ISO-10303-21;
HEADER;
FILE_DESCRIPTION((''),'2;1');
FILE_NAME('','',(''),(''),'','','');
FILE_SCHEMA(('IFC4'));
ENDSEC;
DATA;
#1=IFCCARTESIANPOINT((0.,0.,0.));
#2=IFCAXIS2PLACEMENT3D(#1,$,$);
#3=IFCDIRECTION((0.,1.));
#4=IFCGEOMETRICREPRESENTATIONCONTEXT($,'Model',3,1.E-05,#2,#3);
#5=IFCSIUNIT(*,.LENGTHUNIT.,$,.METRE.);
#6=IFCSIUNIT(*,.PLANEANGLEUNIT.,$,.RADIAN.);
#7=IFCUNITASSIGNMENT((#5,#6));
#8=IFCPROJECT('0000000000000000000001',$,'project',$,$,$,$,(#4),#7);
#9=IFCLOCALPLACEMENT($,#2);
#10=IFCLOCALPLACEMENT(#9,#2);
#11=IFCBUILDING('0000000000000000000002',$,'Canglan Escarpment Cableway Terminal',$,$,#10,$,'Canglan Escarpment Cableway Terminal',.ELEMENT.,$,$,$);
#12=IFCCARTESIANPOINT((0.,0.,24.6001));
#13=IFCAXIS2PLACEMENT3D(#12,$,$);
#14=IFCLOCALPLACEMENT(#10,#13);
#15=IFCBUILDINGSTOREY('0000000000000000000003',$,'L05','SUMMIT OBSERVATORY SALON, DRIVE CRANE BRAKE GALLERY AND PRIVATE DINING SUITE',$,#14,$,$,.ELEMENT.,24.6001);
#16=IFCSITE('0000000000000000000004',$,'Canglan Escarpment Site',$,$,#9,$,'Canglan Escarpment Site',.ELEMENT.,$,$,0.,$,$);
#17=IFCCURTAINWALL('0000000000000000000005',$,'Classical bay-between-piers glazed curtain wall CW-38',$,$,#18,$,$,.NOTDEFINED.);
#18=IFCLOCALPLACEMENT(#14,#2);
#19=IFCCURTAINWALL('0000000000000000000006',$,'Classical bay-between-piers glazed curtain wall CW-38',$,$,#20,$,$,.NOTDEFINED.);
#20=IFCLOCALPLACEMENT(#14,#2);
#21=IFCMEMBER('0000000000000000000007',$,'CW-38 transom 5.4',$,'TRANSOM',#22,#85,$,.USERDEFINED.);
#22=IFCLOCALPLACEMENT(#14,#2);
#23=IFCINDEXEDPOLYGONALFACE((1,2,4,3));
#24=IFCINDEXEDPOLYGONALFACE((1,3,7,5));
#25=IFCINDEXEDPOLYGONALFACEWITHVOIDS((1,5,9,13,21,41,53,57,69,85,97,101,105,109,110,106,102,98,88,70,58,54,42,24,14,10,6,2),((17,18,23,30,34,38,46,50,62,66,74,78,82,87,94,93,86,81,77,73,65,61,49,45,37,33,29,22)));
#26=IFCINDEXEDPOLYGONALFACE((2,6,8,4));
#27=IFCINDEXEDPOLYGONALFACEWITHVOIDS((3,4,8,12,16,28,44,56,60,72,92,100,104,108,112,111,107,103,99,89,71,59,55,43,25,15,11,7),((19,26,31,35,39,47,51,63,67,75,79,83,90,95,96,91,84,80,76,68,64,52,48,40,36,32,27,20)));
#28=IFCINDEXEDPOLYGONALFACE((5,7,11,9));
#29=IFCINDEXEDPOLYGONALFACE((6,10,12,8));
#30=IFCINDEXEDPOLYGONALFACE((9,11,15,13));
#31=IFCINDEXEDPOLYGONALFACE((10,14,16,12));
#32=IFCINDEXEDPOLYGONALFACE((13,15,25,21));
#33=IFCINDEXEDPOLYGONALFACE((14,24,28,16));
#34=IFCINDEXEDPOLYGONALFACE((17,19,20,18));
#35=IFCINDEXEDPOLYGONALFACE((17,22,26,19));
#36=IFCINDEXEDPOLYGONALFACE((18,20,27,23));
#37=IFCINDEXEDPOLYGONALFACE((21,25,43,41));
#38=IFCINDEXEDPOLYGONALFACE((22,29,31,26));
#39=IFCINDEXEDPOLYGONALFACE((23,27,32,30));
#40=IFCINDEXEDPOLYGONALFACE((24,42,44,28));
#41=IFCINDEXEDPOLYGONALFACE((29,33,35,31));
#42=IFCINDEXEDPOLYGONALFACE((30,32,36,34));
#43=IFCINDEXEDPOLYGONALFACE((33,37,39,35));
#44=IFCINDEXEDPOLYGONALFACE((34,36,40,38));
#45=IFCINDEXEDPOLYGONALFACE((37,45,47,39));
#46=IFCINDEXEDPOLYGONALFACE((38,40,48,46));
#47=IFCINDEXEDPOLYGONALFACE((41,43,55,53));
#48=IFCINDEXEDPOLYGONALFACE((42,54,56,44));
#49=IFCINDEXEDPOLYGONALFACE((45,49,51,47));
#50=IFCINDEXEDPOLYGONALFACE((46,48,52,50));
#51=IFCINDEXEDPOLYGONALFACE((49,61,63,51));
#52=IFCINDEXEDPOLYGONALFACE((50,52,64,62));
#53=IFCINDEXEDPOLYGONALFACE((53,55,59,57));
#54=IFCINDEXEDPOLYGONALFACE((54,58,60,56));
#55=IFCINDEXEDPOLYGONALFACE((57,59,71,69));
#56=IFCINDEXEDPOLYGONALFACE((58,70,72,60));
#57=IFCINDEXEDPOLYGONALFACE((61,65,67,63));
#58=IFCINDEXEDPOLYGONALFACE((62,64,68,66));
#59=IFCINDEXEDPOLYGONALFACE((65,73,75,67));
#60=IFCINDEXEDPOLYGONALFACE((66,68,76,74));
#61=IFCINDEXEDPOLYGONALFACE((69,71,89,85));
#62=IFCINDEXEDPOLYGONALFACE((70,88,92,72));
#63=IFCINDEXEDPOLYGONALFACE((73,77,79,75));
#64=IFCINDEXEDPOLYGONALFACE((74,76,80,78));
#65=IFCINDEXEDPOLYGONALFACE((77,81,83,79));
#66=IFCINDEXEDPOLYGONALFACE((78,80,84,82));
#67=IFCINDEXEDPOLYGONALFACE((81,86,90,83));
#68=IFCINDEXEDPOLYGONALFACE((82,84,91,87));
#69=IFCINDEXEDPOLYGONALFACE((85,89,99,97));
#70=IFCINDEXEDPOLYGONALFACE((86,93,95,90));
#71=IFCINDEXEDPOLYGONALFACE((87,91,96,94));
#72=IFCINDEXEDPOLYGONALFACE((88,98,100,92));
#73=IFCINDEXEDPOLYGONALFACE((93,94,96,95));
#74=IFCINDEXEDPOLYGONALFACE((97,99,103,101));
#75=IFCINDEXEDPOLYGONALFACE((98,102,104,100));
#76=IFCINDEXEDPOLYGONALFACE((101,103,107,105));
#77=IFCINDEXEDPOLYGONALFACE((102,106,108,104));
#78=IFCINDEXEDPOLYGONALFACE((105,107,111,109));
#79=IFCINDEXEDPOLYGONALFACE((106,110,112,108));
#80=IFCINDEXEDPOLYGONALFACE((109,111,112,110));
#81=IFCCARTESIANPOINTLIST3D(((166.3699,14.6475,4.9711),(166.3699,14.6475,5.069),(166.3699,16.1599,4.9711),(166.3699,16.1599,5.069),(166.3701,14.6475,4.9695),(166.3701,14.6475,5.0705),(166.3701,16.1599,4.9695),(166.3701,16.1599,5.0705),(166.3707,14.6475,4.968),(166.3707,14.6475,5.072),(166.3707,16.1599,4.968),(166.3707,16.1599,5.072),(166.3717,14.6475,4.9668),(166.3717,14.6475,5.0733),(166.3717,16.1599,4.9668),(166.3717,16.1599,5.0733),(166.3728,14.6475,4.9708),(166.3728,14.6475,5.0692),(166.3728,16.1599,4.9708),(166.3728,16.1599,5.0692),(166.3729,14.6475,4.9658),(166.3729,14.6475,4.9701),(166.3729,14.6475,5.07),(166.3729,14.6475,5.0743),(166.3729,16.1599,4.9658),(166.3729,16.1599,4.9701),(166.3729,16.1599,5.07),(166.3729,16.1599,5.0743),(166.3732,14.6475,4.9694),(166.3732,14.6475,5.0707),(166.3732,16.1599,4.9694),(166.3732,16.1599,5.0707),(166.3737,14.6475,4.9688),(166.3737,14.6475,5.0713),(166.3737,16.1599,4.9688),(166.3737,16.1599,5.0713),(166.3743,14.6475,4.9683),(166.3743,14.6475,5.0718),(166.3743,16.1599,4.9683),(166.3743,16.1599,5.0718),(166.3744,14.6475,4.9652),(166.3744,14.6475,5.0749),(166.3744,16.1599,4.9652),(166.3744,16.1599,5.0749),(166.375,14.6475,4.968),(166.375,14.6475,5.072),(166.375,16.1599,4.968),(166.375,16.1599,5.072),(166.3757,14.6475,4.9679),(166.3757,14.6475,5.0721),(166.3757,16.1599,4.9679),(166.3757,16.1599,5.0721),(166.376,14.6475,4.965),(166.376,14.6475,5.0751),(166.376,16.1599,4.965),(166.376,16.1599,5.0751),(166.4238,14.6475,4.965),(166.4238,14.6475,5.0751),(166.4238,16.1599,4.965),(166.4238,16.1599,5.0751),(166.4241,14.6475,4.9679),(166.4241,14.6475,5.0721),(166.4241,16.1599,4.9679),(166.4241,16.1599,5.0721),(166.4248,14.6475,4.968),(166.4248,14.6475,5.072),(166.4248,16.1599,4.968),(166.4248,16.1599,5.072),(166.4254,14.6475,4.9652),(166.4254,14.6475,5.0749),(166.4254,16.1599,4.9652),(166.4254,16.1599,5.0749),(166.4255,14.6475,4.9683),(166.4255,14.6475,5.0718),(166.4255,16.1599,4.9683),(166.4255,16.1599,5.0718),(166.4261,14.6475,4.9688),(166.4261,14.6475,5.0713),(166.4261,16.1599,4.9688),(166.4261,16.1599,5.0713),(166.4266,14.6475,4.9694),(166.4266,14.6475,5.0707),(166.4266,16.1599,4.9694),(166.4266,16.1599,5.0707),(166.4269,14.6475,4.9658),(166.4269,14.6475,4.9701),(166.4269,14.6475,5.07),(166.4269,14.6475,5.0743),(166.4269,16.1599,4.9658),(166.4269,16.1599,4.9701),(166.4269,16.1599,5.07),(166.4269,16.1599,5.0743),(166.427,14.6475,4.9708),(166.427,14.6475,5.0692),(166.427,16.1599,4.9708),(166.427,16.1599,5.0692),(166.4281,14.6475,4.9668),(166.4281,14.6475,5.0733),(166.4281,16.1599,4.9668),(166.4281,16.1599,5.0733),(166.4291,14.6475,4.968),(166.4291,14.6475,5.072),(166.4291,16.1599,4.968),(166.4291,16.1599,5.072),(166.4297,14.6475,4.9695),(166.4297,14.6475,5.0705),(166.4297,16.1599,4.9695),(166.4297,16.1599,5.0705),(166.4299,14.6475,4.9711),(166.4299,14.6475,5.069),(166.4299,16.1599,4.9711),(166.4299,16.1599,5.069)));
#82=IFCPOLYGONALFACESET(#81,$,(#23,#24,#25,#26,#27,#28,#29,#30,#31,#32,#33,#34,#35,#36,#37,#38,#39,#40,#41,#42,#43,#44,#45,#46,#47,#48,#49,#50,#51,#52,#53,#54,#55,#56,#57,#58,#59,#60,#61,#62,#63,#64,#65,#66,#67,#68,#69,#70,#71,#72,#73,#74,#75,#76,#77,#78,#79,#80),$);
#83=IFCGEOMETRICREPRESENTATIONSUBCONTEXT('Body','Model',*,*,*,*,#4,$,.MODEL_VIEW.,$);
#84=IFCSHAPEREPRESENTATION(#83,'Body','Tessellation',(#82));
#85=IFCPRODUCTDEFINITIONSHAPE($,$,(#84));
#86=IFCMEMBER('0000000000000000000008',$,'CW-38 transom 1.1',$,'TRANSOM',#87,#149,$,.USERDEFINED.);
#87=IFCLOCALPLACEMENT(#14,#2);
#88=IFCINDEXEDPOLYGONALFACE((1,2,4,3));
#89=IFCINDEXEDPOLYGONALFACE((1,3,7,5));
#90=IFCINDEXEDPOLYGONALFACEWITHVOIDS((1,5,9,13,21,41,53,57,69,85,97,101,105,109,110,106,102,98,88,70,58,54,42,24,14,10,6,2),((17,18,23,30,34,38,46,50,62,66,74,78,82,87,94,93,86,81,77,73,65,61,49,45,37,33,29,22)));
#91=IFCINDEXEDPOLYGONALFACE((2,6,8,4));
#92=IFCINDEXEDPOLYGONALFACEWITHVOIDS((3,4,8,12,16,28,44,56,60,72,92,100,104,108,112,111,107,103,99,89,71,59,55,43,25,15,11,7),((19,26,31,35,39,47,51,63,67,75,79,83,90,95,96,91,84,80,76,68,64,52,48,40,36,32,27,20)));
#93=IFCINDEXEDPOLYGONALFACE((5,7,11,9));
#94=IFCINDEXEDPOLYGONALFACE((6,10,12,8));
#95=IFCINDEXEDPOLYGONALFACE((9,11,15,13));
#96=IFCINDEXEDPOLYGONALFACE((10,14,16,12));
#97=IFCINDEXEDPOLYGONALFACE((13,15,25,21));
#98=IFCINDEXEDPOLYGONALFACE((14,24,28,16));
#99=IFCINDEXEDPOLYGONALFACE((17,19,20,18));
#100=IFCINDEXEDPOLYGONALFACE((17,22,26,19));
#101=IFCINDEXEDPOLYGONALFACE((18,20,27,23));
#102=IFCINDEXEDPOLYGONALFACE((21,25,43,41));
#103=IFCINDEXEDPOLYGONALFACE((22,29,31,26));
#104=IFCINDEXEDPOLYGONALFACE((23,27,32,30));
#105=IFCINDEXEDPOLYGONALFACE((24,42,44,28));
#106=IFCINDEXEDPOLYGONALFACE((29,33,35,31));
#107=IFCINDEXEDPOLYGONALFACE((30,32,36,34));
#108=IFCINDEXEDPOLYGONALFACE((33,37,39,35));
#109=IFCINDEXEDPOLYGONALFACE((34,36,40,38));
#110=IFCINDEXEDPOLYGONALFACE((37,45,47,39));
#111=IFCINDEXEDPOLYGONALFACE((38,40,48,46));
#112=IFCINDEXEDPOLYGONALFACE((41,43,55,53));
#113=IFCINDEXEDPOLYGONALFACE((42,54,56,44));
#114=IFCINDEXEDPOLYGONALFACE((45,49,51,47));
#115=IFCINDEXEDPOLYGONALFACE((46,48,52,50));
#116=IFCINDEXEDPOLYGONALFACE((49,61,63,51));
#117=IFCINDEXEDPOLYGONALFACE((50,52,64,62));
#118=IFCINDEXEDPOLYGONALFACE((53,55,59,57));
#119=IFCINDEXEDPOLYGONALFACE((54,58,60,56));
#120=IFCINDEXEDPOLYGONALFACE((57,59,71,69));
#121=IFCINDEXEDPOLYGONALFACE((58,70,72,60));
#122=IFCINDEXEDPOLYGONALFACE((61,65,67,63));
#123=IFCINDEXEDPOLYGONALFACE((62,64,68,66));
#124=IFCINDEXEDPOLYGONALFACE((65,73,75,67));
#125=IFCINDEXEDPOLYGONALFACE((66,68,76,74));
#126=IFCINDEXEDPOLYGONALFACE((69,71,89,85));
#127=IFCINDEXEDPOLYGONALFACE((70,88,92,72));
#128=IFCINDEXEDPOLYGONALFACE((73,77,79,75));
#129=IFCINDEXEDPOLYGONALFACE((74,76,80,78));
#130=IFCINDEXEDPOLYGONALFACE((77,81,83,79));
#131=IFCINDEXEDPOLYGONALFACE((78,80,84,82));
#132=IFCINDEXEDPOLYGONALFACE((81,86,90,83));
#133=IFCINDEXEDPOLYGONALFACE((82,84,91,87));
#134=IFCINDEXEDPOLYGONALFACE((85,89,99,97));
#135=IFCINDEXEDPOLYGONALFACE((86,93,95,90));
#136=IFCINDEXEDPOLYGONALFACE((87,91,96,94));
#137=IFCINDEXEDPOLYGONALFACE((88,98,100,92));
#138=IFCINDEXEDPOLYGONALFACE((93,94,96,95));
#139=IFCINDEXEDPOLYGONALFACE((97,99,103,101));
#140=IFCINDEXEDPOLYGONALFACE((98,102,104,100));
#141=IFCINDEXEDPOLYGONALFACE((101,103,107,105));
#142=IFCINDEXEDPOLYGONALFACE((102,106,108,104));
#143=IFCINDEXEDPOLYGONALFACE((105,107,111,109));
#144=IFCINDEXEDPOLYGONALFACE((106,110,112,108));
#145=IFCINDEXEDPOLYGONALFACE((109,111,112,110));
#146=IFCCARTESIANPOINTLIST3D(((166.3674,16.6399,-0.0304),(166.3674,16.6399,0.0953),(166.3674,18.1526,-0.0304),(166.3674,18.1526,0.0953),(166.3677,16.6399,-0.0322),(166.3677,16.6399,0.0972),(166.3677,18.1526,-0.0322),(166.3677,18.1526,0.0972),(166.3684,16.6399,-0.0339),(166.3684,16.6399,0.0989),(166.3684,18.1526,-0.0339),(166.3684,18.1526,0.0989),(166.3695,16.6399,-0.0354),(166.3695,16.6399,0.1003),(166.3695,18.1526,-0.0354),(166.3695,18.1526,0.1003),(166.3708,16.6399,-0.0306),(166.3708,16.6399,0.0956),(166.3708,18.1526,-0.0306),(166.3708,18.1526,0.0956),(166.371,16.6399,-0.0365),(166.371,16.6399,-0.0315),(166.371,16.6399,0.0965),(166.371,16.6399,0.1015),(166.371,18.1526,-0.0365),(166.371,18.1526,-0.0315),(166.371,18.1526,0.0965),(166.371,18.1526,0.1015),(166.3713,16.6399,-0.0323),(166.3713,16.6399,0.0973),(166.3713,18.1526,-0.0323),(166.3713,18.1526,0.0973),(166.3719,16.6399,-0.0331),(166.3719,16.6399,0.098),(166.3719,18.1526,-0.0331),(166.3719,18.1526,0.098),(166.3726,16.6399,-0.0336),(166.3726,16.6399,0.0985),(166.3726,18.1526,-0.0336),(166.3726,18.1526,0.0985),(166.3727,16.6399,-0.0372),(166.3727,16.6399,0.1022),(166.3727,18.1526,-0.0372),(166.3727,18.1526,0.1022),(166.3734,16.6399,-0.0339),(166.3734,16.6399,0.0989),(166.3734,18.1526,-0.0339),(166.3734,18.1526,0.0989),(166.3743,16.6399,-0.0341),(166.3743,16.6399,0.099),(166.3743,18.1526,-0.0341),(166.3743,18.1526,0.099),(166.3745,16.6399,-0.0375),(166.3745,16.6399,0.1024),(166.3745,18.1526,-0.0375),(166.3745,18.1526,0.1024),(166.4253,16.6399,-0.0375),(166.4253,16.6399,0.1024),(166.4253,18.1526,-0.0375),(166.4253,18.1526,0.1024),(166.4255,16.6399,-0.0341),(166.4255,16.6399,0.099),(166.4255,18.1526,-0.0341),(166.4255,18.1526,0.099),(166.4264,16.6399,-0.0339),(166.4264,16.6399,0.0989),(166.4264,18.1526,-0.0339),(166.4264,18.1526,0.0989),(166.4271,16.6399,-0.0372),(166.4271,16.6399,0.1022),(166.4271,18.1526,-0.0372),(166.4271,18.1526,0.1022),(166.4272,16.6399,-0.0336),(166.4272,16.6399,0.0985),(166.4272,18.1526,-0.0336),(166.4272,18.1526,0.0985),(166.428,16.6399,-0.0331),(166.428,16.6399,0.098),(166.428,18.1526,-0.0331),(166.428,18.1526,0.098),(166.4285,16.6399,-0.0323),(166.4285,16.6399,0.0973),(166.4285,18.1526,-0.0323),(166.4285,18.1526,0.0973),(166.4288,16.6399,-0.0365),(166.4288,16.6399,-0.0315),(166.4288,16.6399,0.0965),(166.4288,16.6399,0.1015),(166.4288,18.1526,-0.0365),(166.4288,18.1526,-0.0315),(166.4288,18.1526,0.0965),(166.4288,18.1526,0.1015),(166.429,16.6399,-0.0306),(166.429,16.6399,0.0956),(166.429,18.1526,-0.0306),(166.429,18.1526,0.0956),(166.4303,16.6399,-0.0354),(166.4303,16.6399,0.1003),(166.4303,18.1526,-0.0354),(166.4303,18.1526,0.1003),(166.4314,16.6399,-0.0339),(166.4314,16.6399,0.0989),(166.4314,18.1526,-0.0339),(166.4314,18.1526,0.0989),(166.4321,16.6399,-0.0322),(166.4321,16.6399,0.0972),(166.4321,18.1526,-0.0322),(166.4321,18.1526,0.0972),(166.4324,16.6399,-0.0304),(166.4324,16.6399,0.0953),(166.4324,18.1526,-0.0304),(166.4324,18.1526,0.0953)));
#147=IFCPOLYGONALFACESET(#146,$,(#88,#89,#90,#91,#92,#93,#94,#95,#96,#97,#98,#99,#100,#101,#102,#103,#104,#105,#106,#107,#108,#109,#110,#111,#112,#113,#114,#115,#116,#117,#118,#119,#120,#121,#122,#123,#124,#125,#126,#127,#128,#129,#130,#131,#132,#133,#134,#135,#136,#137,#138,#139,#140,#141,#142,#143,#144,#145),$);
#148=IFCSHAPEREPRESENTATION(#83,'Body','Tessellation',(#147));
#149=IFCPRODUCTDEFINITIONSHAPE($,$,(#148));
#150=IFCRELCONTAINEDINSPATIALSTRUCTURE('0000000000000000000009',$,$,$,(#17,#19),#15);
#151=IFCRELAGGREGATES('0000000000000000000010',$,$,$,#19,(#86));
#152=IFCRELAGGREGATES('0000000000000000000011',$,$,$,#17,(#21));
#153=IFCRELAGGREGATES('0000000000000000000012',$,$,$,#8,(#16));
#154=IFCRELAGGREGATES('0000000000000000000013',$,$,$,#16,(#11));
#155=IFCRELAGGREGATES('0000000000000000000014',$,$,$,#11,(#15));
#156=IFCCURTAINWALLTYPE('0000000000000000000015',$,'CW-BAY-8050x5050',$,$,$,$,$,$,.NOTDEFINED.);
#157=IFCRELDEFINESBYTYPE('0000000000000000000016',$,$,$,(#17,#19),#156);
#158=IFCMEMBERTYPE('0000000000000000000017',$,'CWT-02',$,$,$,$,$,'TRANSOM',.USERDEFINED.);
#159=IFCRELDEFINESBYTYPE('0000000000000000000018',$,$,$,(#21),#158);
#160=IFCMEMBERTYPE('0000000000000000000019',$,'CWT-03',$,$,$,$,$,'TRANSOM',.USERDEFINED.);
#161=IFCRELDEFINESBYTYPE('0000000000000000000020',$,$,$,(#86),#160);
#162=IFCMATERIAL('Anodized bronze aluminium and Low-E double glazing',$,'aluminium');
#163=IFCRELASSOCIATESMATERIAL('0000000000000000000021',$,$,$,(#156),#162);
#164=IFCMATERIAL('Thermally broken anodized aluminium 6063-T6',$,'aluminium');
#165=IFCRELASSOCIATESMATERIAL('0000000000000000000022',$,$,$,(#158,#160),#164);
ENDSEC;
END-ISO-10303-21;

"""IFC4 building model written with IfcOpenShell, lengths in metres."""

from ifc_helpers import new_model, si_unit, direction, frame, origin, origin_2d, place, context, subcontext, project, spatial, hollow_rectangle, extrude, material, material_profile, profile_set, type_object, element, aggregate, save


model = new_model("IFC4")

# Units and contexts
model_context = context("Model", 3, precision=1e-05, world=origin(), true_north=direction((0.0, 1.0)))
body_context = subcontext(model_context, "Body", "Model", "MODEL_VIEW")
ifc_project = project(units=[si_unit("LENGTHUNIT", "METRE"), si_unit("PLANEANGLEUNIT", "RADIAN")], contexts=[model_context])

# Site, building, storey
site_placement = place(None, origin())
site = spatial("IfcSite", under=ifc_project, at=site_placement, Name="Canglan Escarpment Site", LongName="Canglan Escarpment Site", CompositionType="ELEMENT", RefElevation=0.0)
building_placement = place(site_placement, origin())
building = spatial("IfcBuilding", under=site, at=building_placement, Name="Canglan Escarpment Cableway Terminal", LongName="Canglan Escarpment Cableway Terminal", CompositionType="ELEMENT")
storey_placement = place(building_placement, frame((0.0, 0.0, 24.6001)))
storey = spatial("IfcBuildingStorey", under=building, at=storey_placement, Name="L05", Description="SUMMIT OBSERVATORY SALON, DRIVE CRANE BRAKE GALLERY AND PRIVATE DINING SUITE", CompositionType="ELEMENT", Elevation=24.6001)

# Curtain wall
ifc_material_1 = material(Name="Anodized bronze aluminium and Low-E double glazing", Category="aluminium")
curtain_wall_type = type_object("IfcCurtainWallType", Name="CW-BAY-8050x5050", PredefinedType="NOTDEFINED", material=ifc_material_1)
curtain_wall_1_placement = place(storey_placement, origin())
curtain_wall_1 = element("IfcCurtainWall", 1, at=curtain_wall_1_placement, inside=storey, type_object=curtain_wall_type, Name="Classical bay-between-piers glazed curtain wall CW-38", PredefinedType="NOTDEFINED")
ifc_material_2 = material(Name="Thermally broken anodized aluminium 6063-T6", Category="aluminium")

# Curtain wall
curtain_wall_2_placement = place(storey_placement, origin())
curtain_wall_2 = element("IfcCurtainWall", 2, at=curtain_wall_2_placement, inside=storey, type_object=curtain_wall_type, Name="Classical bay-between-piers glazed curtain wall CW-38", PredefinedType="NOTDEFINED")

# Members
ifc_material_profile_1 = material_profile(ifc_material_2, hollow_rectangle(XDim=0.0601, YDim=0.1101, WallThickness=0.0029, InnerFilletRadius=0.0029, OuterFilletRadius=0.0061, at=origin_2d()), Name="ALU-TRAN 60x110x3")
ifc_profile_set_1 = profile_set([ifc_material_profile_1], Name="Thermally broken anodized aluminium 6063-T6")
member_type_1 = type_object("IfcMemberType", Name="CWT-02", ElementType="TRANSOM", PredefinedType="USERDEFINED", material=ifc_profile_set_1)
member_1_placement = place(storey_placement, frame((166.3999, 14.6475, 5.02), z_axis=(0.0, 1.0, 0.0), x_axis=(-1.0, 0.0, 0.0)))
member_1 = element("IfcMember", 3, at=member_1_placement, type_object=member_type_1, Name="CW-38 transom 5.4", ObjectType="TRANSOM", PredefinedType="USERDEFINED", context=body_context, shape_type="SweptSolid", body=[
    extrude(hollow_rectangle(XDim=0.0601, YDim=0.1101, WallThickness=0.0029, InnerFilletRadius=0.0029, OuterFilletRadius=0.0061, at=origin_2d()), origin(), (0.0, 0.0, 1.0), 1.5125),
])
ifc_material_profile_2 = material_profile(ifc_material_2, hollow_rectangle(XDim=0.0649, YDim=0.1399, WallThickness=0.0034, InnerFilletRadius=0.0034, OuterFilletRadius=0.0071, at=origin_2d()), Name="ALU-TRAN 65x140x3.5")
ifc_profile_set_2 = profile_set([ifc_material_profile_2], Name="Thermally broken anodized aluminium 6063-T6")
member_type_2 = type_object("IfcMemberType", Name="CWT-03", ElementType="TRANSOM", PredefinedType="USERDEFINED", material=ifc_profile_set_2)
member_2_placement = place(storey_placement, frame((166.3999, 16.6399, 0.0325), z_axis=(0.0, 1.0, 0.0), x_axis=(-1.0, 0.0, 0.0)))
member_2 = element("IfcMember", 4, at=member_2_placement, type_object=member_type_2, Name="CW-38 transom 1.1", ObjectType="TRANSOM", PredefinedType="USERDEFINED", context=body_context, shape_type="SweptSolid", body=[
    extrude(hollow_rectangle(XDim=0.0649, YDim=0.1399, WallThickness=0.0034, InnerFilletRadius=0.0034, OuterFilletRadius=0.0071, at=origin_2d()), origin(), (0.0, 0.0, 1.0), 1.5127),
])
aggregate(curtain_wall_2, [member_2])

aggregate(curtain_wall_1, [member_1])

save(model, "model.ifc")
